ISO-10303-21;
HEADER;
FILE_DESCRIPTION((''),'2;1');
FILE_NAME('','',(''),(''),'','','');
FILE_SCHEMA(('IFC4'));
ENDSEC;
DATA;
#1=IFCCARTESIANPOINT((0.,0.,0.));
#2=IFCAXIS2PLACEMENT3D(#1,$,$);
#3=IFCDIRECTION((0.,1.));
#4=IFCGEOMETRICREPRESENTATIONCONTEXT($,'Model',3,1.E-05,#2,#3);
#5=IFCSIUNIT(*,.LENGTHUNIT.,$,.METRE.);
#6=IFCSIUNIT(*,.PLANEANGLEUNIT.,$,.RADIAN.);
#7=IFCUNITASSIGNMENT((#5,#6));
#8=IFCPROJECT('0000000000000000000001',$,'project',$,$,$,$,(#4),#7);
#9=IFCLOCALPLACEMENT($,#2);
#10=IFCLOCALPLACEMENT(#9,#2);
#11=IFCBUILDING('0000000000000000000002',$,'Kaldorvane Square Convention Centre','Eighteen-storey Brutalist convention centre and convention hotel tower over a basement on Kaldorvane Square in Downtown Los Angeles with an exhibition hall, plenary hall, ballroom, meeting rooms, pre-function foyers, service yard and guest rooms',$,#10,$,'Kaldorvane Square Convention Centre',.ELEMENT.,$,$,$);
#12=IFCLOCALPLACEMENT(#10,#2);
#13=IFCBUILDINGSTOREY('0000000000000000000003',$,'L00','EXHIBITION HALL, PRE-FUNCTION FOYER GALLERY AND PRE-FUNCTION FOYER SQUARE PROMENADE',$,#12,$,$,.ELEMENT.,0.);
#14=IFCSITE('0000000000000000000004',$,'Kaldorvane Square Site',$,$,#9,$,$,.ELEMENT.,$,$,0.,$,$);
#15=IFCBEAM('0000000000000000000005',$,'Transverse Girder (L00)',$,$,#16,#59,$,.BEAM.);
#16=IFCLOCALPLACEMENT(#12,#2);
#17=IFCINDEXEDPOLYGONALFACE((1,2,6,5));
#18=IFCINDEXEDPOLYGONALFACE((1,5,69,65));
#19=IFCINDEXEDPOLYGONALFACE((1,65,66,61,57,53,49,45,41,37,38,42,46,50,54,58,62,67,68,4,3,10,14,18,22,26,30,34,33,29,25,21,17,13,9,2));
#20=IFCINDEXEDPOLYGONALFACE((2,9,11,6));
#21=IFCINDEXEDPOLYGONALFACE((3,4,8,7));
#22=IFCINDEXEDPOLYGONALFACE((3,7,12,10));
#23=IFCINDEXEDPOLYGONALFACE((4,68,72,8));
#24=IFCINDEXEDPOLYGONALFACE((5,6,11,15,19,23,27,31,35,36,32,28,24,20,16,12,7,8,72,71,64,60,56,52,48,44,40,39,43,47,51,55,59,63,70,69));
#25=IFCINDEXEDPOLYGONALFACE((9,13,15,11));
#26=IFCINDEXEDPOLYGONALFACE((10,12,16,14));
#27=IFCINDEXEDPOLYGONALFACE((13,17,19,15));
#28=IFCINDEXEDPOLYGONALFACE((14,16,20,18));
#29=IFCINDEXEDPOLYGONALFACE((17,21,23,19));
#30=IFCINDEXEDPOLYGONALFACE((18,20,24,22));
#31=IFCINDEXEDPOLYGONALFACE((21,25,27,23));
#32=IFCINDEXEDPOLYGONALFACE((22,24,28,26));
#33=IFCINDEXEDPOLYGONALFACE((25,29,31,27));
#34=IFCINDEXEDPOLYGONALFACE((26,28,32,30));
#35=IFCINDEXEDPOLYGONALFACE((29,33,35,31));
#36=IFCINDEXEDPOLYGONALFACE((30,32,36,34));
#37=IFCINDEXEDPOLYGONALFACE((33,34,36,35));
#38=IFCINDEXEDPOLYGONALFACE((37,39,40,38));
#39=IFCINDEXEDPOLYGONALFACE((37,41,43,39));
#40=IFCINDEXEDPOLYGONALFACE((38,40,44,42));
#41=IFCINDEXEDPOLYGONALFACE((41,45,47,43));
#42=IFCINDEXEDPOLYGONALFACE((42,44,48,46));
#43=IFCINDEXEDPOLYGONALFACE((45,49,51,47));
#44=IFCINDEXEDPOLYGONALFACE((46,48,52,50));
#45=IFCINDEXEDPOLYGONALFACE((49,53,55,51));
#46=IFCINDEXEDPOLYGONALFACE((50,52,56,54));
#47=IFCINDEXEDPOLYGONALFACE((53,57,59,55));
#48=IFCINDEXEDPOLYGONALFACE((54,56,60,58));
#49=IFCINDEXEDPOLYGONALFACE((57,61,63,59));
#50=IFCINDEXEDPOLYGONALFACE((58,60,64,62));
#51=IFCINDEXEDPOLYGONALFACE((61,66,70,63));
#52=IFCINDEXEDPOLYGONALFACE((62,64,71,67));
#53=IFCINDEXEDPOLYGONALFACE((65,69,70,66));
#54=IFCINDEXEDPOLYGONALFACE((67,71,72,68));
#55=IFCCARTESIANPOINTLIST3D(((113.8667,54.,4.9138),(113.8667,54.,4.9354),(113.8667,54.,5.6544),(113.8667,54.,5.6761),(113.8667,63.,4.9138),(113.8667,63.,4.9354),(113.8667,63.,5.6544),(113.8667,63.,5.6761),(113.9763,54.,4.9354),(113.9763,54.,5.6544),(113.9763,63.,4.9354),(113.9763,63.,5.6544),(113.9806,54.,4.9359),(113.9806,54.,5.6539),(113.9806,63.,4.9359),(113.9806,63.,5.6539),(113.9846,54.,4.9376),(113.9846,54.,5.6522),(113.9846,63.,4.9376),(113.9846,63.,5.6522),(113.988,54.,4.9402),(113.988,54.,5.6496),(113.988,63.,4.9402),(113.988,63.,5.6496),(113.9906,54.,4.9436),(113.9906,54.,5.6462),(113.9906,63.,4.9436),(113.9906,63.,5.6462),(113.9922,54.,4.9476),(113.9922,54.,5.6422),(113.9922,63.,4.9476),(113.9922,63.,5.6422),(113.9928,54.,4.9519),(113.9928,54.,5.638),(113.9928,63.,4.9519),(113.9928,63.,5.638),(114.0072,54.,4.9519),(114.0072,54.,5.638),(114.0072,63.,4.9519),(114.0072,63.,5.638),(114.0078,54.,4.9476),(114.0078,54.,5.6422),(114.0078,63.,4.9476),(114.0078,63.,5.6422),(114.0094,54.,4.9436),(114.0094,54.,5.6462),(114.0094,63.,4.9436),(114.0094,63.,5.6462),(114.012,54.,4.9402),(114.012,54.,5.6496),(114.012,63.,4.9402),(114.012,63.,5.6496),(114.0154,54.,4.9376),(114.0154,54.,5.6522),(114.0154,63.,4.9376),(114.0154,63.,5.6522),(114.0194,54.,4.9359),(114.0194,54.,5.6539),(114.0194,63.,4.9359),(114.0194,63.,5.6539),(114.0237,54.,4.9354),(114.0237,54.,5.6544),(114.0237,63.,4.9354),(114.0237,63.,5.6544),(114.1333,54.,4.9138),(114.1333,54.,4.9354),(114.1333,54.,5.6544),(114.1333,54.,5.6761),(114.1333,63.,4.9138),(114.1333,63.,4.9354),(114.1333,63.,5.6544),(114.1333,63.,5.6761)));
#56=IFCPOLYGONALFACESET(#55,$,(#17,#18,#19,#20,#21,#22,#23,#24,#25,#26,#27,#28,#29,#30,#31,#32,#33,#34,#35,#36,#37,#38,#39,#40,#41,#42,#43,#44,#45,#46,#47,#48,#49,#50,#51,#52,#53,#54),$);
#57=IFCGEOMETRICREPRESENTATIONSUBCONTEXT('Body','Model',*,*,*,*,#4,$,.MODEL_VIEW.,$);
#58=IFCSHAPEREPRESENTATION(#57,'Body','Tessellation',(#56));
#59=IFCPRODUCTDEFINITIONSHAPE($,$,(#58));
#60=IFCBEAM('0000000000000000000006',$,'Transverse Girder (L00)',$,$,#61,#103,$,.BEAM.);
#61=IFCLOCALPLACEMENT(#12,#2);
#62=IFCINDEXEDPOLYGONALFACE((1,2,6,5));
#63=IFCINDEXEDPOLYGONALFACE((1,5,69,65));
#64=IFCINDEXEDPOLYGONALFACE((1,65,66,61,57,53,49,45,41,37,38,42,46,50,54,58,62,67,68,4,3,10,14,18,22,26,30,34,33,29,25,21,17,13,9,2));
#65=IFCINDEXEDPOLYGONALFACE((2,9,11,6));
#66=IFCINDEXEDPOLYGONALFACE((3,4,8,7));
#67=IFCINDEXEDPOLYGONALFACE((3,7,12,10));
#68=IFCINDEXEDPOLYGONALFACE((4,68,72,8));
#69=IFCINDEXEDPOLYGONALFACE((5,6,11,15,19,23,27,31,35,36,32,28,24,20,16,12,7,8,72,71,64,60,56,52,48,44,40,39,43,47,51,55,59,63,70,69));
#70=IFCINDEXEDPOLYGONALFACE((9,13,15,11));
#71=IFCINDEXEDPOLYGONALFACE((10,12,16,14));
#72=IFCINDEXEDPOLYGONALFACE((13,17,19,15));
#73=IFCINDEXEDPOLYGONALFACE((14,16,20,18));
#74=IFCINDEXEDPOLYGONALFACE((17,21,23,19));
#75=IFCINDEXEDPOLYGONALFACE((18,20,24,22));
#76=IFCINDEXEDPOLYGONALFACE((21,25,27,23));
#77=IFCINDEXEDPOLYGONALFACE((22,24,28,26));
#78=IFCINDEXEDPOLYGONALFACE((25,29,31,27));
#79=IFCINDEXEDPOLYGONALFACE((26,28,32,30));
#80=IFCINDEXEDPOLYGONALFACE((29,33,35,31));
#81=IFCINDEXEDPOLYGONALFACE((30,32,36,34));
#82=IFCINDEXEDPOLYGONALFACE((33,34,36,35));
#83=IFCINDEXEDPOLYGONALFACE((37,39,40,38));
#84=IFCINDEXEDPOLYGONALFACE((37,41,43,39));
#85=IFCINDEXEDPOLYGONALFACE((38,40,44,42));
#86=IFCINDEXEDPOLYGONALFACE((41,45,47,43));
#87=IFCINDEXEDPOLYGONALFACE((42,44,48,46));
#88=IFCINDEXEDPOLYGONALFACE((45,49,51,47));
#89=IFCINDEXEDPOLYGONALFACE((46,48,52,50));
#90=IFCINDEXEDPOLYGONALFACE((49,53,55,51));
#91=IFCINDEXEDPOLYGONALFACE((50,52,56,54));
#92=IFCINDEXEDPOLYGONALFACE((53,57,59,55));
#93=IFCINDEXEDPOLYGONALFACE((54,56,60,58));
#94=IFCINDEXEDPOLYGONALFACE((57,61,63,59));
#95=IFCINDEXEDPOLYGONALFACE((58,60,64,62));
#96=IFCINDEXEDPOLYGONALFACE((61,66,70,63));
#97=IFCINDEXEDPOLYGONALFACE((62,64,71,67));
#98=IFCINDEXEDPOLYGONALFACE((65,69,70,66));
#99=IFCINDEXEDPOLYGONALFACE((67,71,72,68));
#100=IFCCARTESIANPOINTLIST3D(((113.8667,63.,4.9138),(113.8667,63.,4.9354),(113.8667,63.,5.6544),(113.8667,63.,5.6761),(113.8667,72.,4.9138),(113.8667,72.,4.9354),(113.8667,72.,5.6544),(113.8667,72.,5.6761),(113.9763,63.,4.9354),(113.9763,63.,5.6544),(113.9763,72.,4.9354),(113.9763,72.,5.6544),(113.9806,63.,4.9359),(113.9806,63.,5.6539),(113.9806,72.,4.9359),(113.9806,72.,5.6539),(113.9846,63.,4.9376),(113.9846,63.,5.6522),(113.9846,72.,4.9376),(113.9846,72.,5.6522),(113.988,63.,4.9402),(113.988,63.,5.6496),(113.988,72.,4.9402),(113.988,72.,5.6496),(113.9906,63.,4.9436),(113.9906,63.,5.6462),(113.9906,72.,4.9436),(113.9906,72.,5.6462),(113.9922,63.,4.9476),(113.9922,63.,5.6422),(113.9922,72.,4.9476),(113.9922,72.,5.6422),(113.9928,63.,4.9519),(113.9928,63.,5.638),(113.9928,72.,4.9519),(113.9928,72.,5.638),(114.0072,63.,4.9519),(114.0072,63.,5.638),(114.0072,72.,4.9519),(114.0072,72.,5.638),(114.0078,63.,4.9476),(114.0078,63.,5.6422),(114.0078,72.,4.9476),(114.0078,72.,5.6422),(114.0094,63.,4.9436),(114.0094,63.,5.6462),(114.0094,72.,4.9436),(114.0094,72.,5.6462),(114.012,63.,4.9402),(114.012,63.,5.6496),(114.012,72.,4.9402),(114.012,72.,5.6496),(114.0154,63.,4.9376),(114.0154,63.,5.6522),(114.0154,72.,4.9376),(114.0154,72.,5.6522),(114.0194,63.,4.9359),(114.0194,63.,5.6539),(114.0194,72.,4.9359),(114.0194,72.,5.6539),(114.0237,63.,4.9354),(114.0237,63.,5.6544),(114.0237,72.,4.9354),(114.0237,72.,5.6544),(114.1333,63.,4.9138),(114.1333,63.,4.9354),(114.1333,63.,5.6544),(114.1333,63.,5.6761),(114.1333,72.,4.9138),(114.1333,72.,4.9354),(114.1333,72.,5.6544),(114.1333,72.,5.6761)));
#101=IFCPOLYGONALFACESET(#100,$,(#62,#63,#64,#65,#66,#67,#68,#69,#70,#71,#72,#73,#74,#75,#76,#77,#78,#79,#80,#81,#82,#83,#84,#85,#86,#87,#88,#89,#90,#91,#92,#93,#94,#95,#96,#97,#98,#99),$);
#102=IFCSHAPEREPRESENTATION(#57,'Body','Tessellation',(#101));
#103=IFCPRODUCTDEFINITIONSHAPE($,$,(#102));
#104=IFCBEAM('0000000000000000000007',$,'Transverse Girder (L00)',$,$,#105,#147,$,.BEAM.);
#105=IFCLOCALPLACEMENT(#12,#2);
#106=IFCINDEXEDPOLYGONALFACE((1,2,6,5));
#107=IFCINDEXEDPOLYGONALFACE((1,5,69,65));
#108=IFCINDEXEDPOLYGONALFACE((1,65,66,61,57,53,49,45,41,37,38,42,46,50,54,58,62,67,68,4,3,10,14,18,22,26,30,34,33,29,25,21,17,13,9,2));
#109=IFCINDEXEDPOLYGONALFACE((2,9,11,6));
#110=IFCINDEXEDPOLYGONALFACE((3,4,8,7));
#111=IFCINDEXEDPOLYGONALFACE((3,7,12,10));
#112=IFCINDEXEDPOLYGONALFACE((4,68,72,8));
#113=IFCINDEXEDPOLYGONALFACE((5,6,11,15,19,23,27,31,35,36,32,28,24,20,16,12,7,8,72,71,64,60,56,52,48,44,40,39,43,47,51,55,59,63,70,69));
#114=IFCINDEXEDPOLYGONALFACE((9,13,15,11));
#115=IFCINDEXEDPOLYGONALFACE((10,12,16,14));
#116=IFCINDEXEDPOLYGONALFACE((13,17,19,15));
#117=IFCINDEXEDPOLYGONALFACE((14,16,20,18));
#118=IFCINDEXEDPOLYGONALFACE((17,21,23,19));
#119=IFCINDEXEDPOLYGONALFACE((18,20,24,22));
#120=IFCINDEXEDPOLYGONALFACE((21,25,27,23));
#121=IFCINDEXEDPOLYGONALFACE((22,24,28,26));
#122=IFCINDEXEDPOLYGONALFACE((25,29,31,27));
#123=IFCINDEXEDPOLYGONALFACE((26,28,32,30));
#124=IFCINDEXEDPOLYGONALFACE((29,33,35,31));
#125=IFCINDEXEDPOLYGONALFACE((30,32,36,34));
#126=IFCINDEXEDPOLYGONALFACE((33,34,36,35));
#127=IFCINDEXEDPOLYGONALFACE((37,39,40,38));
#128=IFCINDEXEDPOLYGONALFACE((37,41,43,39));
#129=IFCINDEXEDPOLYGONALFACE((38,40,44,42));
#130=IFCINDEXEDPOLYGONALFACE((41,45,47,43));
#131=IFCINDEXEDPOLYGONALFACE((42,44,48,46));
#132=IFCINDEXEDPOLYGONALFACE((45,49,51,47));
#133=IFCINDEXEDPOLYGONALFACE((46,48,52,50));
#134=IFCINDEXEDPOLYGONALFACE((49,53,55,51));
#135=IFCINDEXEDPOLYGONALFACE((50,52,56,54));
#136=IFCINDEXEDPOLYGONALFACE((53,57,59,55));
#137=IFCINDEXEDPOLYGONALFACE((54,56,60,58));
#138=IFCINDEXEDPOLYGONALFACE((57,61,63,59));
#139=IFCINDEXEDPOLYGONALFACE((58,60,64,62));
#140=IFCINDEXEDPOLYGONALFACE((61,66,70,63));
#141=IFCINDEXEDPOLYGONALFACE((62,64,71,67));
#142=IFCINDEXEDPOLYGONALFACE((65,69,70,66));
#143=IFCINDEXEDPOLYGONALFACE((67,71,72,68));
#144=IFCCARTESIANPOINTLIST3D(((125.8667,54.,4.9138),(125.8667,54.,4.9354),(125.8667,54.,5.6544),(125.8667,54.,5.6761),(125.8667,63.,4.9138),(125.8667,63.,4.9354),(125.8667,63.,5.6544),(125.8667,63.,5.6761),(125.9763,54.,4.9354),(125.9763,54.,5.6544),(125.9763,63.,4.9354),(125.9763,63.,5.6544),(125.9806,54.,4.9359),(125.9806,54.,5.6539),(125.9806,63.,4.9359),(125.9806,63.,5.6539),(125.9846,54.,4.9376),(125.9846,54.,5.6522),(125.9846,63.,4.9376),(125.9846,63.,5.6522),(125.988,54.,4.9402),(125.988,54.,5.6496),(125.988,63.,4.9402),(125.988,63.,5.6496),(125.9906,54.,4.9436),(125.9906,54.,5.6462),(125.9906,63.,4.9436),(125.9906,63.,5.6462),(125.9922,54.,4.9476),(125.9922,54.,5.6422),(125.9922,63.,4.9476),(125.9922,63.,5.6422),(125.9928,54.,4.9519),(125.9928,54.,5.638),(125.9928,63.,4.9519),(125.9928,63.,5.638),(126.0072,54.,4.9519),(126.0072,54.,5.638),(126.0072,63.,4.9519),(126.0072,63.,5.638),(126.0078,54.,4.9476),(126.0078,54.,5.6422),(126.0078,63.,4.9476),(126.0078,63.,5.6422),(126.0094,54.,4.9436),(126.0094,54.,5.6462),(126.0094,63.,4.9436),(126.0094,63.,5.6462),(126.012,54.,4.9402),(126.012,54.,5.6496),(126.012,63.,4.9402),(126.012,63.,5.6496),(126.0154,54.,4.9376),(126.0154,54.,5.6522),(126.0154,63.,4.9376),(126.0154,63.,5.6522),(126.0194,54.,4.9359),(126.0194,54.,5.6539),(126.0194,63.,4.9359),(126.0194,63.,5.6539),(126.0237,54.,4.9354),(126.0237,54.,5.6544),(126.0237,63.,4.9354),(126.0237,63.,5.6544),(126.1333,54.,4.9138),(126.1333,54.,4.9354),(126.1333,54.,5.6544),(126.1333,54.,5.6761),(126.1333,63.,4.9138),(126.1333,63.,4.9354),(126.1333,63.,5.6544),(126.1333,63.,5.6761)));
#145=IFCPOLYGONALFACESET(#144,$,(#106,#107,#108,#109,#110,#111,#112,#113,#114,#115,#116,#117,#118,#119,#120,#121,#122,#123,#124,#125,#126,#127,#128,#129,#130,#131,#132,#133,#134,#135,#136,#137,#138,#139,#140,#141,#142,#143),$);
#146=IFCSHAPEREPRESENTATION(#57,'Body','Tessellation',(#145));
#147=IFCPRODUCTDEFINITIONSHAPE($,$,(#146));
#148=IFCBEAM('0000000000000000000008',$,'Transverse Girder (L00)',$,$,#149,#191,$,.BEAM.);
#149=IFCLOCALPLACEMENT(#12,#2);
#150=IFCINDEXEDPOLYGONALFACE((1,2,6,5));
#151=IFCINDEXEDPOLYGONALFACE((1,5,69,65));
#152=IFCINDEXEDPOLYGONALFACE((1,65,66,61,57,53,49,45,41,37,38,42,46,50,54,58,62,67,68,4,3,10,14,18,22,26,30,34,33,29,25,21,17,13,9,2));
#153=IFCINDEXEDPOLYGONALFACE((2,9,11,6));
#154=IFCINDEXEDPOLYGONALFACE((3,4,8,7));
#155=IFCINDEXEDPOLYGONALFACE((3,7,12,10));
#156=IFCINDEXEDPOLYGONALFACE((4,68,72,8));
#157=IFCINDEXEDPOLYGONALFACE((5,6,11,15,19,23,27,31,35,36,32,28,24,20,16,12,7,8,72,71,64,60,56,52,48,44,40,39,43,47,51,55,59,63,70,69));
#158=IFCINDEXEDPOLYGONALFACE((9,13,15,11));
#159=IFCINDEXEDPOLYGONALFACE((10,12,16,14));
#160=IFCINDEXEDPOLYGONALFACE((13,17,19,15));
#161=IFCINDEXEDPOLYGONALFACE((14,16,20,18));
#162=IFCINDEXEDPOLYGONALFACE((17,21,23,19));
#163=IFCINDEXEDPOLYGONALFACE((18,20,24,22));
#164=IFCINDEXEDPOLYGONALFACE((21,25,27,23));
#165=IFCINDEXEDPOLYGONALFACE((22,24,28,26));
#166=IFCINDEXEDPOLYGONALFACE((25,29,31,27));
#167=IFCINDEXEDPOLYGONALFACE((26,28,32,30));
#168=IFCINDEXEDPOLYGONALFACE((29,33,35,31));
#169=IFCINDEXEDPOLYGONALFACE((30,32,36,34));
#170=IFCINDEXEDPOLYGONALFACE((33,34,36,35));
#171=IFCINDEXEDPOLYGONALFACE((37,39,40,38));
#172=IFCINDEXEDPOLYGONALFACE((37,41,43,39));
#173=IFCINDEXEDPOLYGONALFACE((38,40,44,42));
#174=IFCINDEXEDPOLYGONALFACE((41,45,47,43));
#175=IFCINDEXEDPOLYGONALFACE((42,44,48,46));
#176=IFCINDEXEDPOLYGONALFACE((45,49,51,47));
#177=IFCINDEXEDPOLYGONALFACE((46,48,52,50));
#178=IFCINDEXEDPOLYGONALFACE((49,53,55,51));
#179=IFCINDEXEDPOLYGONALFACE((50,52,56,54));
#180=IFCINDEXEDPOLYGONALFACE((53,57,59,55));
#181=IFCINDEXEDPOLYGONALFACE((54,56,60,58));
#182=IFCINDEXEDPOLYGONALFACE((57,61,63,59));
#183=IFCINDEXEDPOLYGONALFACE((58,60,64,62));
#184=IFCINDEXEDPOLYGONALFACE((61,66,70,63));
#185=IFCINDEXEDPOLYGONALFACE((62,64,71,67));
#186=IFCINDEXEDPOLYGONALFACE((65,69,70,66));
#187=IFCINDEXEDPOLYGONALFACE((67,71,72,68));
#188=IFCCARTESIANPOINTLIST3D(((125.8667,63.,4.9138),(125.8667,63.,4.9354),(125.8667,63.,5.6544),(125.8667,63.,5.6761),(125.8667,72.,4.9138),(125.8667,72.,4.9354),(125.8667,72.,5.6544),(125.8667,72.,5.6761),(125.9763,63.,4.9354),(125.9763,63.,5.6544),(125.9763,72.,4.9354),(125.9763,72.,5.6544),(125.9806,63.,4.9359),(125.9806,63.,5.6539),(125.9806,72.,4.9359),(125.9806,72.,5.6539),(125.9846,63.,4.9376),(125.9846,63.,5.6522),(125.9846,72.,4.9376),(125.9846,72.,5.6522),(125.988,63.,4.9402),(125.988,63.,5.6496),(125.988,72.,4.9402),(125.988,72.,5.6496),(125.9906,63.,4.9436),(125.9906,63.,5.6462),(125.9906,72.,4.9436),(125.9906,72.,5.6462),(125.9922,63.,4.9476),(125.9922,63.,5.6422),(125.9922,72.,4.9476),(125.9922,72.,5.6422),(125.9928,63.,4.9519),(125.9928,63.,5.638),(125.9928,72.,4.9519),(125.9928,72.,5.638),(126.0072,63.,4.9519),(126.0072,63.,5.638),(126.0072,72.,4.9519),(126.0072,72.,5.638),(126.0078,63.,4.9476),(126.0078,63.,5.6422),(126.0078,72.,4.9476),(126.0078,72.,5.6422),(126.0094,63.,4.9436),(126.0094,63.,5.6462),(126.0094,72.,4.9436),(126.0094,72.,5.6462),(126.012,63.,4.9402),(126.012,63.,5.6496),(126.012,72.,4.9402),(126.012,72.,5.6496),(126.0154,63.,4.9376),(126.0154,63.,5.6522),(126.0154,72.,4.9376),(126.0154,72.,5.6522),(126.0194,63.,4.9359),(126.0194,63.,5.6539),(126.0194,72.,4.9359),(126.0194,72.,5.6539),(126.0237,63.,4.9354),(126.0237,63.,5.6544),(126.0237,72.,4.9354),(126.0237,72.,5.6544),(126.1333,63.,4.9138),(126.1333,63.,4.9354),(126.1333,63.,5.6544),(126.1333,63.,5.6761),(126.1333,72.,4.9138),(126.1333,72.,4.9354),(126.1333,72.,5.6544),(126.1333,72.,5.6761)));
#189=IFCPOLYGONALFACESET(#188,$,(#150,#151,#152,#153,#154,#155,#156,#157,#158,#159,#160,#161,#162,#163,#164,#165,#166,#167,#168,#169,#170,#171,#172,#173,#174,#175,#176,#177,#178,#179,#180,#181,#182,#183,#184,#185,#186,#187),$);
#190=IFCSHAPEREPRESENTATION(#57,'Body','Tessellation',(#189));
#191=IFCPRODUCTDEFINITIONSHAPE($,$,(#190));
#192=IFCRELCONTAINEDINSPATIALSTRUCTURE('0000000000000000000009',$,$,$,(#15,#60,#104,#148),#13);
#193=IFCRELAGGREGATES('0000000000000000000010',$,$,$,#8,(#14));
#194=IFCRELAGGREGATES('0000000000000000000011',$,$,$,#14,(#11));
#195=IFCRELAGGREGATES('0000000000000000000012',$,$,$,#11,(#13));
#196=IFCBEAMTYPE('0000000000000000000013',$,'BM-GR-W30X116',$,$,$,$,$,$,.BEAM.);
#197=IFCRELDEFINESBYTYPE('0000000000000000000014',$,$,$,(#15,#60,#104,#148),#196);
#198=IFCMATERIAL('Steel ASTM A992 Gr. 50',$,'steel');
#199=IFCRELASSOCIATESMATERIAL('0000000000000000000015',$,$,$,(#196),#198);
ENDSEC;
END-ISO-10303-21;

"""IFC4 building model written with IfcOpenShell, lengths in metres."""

from ifc_helpers import new_model, si_unit, direction, frame, origin, origin_2d, place, context, subcontext, project, spatial, i_section, extrude, material, material_profile, profile_set, type_object, element, save


model = new_model("IFC4")

# Units and contexts
model_context = context("Model", 3, precision=1e-05, world=origin(), true_north=direction((0.0, 1.0)))
body_context = subcontext(model_context, "Body", "Model", "MODEL_VIEW")
ifc_project = project(units=[si_unit("LENGTHUNIT", "METRE"), si_unit("PLANEANGLEUNIT", "RADIAN")], contexts=[model_context])

# Site, building, storey
site_placement = place(None, origin())
site = spatial("IfcSite", under=ifc_project, at=site_placement, Name="Kaldorvane Square Site", CompositionType="ELEMENT", RefElevation=0.0)
building_placement = place(site_placement, origin())
building = spatial("IfcBuilding", under=site, at=building_placement, Name="Kaldorvane Square Convention Centre", Description="Eighteen-storey Brutalist convention centre and convention hotel tower over a basement on Kaldorvane Square in Downtown Los Angeles with an exhibition hall, plenary hall, ballroom, meeting rooms, pre-function foyers, service yard and guest rooms", LongName="Kaldorvane Square Convention Centre", CompositionType="ELEMENT")
storey_placement = place(building_placement, origin())
storey = spatial("IfcBuildingStorey", under=building, at=storey_placement, Name="L00", Description="EXHIBITION HALL, PRE-FUNCTION FOYER GALLERY AND PRE-FUNCTION FOYER SQUARE PROMENADE", CompositionType="ELEMENT", Elevation=0.0)

# Shared definitions
ifc_material_1 = material(Name="Steel ASTM A992 Gr. 50", Category="steel")

# Beams
ifc_material_profile_1 = material_profile(ifc_material_1, i_section(OverallWidth=0.2666, OverallDepth=0.7623, WebThickness=0.0144, FlangeThickness=0.0216, FilletRadius=0.0165, at=origin_2d()), Name="W30X116")
ifc_profile_set_1 = profile_set([ifc_material_profile_1], Name="Steel ASTM A992 Gr. 50")
beam_type_1 = type_object("IfcBeamType", Name="BM-GR-W30X116", PredefinedType="BEAM", material=ifc_profile_set_1)
for number, where, z_axis, x_axis, name in (
    (1, (114.0, 54.0, 5.2949), (0.0, 1.0, 0.0), (-1.0, 0.0, 0.0), "Transverse Girder (L00)"),
    (2, (114.0, 63.0, 5.2949), (0.0, 1.0, 0.0), (-1.0, 0.0, 0.0), "Transverse Girder (L00)"),
    (3, (126.0, 54.0, 5.2949), (0.0, 1.0, 0.0), (-1.0, 0.0, 0.0), "Transverse Girder (L00)"),
    (4, (126.0, 63.0, 5.2949), (0.0, 1.0, 0.0), (-1.0, 0.0, 0.0), "Transverse Girder (L00)"),
):
    element("IfcBeam", number, at=place(storey_placement, frame(where, z_axis=z_axis, x_axis=x_axis)), inside=storey, type_object=beam_type_1, Name=name, PredefinedType="BEAM", context=body_context, shape_type="SweptSolid", body=[
        extrude(i_section(OverallWidth=0.2666, OverallDepth=0.7623, WebThickness=0.0144, FlangeThickness=0.0216, FilletRadius=0.0165, at=origin_2d()), origin(), (0.0, 0.0, 1.0), 9.0),
    ])

save(model, "model.ifc")
